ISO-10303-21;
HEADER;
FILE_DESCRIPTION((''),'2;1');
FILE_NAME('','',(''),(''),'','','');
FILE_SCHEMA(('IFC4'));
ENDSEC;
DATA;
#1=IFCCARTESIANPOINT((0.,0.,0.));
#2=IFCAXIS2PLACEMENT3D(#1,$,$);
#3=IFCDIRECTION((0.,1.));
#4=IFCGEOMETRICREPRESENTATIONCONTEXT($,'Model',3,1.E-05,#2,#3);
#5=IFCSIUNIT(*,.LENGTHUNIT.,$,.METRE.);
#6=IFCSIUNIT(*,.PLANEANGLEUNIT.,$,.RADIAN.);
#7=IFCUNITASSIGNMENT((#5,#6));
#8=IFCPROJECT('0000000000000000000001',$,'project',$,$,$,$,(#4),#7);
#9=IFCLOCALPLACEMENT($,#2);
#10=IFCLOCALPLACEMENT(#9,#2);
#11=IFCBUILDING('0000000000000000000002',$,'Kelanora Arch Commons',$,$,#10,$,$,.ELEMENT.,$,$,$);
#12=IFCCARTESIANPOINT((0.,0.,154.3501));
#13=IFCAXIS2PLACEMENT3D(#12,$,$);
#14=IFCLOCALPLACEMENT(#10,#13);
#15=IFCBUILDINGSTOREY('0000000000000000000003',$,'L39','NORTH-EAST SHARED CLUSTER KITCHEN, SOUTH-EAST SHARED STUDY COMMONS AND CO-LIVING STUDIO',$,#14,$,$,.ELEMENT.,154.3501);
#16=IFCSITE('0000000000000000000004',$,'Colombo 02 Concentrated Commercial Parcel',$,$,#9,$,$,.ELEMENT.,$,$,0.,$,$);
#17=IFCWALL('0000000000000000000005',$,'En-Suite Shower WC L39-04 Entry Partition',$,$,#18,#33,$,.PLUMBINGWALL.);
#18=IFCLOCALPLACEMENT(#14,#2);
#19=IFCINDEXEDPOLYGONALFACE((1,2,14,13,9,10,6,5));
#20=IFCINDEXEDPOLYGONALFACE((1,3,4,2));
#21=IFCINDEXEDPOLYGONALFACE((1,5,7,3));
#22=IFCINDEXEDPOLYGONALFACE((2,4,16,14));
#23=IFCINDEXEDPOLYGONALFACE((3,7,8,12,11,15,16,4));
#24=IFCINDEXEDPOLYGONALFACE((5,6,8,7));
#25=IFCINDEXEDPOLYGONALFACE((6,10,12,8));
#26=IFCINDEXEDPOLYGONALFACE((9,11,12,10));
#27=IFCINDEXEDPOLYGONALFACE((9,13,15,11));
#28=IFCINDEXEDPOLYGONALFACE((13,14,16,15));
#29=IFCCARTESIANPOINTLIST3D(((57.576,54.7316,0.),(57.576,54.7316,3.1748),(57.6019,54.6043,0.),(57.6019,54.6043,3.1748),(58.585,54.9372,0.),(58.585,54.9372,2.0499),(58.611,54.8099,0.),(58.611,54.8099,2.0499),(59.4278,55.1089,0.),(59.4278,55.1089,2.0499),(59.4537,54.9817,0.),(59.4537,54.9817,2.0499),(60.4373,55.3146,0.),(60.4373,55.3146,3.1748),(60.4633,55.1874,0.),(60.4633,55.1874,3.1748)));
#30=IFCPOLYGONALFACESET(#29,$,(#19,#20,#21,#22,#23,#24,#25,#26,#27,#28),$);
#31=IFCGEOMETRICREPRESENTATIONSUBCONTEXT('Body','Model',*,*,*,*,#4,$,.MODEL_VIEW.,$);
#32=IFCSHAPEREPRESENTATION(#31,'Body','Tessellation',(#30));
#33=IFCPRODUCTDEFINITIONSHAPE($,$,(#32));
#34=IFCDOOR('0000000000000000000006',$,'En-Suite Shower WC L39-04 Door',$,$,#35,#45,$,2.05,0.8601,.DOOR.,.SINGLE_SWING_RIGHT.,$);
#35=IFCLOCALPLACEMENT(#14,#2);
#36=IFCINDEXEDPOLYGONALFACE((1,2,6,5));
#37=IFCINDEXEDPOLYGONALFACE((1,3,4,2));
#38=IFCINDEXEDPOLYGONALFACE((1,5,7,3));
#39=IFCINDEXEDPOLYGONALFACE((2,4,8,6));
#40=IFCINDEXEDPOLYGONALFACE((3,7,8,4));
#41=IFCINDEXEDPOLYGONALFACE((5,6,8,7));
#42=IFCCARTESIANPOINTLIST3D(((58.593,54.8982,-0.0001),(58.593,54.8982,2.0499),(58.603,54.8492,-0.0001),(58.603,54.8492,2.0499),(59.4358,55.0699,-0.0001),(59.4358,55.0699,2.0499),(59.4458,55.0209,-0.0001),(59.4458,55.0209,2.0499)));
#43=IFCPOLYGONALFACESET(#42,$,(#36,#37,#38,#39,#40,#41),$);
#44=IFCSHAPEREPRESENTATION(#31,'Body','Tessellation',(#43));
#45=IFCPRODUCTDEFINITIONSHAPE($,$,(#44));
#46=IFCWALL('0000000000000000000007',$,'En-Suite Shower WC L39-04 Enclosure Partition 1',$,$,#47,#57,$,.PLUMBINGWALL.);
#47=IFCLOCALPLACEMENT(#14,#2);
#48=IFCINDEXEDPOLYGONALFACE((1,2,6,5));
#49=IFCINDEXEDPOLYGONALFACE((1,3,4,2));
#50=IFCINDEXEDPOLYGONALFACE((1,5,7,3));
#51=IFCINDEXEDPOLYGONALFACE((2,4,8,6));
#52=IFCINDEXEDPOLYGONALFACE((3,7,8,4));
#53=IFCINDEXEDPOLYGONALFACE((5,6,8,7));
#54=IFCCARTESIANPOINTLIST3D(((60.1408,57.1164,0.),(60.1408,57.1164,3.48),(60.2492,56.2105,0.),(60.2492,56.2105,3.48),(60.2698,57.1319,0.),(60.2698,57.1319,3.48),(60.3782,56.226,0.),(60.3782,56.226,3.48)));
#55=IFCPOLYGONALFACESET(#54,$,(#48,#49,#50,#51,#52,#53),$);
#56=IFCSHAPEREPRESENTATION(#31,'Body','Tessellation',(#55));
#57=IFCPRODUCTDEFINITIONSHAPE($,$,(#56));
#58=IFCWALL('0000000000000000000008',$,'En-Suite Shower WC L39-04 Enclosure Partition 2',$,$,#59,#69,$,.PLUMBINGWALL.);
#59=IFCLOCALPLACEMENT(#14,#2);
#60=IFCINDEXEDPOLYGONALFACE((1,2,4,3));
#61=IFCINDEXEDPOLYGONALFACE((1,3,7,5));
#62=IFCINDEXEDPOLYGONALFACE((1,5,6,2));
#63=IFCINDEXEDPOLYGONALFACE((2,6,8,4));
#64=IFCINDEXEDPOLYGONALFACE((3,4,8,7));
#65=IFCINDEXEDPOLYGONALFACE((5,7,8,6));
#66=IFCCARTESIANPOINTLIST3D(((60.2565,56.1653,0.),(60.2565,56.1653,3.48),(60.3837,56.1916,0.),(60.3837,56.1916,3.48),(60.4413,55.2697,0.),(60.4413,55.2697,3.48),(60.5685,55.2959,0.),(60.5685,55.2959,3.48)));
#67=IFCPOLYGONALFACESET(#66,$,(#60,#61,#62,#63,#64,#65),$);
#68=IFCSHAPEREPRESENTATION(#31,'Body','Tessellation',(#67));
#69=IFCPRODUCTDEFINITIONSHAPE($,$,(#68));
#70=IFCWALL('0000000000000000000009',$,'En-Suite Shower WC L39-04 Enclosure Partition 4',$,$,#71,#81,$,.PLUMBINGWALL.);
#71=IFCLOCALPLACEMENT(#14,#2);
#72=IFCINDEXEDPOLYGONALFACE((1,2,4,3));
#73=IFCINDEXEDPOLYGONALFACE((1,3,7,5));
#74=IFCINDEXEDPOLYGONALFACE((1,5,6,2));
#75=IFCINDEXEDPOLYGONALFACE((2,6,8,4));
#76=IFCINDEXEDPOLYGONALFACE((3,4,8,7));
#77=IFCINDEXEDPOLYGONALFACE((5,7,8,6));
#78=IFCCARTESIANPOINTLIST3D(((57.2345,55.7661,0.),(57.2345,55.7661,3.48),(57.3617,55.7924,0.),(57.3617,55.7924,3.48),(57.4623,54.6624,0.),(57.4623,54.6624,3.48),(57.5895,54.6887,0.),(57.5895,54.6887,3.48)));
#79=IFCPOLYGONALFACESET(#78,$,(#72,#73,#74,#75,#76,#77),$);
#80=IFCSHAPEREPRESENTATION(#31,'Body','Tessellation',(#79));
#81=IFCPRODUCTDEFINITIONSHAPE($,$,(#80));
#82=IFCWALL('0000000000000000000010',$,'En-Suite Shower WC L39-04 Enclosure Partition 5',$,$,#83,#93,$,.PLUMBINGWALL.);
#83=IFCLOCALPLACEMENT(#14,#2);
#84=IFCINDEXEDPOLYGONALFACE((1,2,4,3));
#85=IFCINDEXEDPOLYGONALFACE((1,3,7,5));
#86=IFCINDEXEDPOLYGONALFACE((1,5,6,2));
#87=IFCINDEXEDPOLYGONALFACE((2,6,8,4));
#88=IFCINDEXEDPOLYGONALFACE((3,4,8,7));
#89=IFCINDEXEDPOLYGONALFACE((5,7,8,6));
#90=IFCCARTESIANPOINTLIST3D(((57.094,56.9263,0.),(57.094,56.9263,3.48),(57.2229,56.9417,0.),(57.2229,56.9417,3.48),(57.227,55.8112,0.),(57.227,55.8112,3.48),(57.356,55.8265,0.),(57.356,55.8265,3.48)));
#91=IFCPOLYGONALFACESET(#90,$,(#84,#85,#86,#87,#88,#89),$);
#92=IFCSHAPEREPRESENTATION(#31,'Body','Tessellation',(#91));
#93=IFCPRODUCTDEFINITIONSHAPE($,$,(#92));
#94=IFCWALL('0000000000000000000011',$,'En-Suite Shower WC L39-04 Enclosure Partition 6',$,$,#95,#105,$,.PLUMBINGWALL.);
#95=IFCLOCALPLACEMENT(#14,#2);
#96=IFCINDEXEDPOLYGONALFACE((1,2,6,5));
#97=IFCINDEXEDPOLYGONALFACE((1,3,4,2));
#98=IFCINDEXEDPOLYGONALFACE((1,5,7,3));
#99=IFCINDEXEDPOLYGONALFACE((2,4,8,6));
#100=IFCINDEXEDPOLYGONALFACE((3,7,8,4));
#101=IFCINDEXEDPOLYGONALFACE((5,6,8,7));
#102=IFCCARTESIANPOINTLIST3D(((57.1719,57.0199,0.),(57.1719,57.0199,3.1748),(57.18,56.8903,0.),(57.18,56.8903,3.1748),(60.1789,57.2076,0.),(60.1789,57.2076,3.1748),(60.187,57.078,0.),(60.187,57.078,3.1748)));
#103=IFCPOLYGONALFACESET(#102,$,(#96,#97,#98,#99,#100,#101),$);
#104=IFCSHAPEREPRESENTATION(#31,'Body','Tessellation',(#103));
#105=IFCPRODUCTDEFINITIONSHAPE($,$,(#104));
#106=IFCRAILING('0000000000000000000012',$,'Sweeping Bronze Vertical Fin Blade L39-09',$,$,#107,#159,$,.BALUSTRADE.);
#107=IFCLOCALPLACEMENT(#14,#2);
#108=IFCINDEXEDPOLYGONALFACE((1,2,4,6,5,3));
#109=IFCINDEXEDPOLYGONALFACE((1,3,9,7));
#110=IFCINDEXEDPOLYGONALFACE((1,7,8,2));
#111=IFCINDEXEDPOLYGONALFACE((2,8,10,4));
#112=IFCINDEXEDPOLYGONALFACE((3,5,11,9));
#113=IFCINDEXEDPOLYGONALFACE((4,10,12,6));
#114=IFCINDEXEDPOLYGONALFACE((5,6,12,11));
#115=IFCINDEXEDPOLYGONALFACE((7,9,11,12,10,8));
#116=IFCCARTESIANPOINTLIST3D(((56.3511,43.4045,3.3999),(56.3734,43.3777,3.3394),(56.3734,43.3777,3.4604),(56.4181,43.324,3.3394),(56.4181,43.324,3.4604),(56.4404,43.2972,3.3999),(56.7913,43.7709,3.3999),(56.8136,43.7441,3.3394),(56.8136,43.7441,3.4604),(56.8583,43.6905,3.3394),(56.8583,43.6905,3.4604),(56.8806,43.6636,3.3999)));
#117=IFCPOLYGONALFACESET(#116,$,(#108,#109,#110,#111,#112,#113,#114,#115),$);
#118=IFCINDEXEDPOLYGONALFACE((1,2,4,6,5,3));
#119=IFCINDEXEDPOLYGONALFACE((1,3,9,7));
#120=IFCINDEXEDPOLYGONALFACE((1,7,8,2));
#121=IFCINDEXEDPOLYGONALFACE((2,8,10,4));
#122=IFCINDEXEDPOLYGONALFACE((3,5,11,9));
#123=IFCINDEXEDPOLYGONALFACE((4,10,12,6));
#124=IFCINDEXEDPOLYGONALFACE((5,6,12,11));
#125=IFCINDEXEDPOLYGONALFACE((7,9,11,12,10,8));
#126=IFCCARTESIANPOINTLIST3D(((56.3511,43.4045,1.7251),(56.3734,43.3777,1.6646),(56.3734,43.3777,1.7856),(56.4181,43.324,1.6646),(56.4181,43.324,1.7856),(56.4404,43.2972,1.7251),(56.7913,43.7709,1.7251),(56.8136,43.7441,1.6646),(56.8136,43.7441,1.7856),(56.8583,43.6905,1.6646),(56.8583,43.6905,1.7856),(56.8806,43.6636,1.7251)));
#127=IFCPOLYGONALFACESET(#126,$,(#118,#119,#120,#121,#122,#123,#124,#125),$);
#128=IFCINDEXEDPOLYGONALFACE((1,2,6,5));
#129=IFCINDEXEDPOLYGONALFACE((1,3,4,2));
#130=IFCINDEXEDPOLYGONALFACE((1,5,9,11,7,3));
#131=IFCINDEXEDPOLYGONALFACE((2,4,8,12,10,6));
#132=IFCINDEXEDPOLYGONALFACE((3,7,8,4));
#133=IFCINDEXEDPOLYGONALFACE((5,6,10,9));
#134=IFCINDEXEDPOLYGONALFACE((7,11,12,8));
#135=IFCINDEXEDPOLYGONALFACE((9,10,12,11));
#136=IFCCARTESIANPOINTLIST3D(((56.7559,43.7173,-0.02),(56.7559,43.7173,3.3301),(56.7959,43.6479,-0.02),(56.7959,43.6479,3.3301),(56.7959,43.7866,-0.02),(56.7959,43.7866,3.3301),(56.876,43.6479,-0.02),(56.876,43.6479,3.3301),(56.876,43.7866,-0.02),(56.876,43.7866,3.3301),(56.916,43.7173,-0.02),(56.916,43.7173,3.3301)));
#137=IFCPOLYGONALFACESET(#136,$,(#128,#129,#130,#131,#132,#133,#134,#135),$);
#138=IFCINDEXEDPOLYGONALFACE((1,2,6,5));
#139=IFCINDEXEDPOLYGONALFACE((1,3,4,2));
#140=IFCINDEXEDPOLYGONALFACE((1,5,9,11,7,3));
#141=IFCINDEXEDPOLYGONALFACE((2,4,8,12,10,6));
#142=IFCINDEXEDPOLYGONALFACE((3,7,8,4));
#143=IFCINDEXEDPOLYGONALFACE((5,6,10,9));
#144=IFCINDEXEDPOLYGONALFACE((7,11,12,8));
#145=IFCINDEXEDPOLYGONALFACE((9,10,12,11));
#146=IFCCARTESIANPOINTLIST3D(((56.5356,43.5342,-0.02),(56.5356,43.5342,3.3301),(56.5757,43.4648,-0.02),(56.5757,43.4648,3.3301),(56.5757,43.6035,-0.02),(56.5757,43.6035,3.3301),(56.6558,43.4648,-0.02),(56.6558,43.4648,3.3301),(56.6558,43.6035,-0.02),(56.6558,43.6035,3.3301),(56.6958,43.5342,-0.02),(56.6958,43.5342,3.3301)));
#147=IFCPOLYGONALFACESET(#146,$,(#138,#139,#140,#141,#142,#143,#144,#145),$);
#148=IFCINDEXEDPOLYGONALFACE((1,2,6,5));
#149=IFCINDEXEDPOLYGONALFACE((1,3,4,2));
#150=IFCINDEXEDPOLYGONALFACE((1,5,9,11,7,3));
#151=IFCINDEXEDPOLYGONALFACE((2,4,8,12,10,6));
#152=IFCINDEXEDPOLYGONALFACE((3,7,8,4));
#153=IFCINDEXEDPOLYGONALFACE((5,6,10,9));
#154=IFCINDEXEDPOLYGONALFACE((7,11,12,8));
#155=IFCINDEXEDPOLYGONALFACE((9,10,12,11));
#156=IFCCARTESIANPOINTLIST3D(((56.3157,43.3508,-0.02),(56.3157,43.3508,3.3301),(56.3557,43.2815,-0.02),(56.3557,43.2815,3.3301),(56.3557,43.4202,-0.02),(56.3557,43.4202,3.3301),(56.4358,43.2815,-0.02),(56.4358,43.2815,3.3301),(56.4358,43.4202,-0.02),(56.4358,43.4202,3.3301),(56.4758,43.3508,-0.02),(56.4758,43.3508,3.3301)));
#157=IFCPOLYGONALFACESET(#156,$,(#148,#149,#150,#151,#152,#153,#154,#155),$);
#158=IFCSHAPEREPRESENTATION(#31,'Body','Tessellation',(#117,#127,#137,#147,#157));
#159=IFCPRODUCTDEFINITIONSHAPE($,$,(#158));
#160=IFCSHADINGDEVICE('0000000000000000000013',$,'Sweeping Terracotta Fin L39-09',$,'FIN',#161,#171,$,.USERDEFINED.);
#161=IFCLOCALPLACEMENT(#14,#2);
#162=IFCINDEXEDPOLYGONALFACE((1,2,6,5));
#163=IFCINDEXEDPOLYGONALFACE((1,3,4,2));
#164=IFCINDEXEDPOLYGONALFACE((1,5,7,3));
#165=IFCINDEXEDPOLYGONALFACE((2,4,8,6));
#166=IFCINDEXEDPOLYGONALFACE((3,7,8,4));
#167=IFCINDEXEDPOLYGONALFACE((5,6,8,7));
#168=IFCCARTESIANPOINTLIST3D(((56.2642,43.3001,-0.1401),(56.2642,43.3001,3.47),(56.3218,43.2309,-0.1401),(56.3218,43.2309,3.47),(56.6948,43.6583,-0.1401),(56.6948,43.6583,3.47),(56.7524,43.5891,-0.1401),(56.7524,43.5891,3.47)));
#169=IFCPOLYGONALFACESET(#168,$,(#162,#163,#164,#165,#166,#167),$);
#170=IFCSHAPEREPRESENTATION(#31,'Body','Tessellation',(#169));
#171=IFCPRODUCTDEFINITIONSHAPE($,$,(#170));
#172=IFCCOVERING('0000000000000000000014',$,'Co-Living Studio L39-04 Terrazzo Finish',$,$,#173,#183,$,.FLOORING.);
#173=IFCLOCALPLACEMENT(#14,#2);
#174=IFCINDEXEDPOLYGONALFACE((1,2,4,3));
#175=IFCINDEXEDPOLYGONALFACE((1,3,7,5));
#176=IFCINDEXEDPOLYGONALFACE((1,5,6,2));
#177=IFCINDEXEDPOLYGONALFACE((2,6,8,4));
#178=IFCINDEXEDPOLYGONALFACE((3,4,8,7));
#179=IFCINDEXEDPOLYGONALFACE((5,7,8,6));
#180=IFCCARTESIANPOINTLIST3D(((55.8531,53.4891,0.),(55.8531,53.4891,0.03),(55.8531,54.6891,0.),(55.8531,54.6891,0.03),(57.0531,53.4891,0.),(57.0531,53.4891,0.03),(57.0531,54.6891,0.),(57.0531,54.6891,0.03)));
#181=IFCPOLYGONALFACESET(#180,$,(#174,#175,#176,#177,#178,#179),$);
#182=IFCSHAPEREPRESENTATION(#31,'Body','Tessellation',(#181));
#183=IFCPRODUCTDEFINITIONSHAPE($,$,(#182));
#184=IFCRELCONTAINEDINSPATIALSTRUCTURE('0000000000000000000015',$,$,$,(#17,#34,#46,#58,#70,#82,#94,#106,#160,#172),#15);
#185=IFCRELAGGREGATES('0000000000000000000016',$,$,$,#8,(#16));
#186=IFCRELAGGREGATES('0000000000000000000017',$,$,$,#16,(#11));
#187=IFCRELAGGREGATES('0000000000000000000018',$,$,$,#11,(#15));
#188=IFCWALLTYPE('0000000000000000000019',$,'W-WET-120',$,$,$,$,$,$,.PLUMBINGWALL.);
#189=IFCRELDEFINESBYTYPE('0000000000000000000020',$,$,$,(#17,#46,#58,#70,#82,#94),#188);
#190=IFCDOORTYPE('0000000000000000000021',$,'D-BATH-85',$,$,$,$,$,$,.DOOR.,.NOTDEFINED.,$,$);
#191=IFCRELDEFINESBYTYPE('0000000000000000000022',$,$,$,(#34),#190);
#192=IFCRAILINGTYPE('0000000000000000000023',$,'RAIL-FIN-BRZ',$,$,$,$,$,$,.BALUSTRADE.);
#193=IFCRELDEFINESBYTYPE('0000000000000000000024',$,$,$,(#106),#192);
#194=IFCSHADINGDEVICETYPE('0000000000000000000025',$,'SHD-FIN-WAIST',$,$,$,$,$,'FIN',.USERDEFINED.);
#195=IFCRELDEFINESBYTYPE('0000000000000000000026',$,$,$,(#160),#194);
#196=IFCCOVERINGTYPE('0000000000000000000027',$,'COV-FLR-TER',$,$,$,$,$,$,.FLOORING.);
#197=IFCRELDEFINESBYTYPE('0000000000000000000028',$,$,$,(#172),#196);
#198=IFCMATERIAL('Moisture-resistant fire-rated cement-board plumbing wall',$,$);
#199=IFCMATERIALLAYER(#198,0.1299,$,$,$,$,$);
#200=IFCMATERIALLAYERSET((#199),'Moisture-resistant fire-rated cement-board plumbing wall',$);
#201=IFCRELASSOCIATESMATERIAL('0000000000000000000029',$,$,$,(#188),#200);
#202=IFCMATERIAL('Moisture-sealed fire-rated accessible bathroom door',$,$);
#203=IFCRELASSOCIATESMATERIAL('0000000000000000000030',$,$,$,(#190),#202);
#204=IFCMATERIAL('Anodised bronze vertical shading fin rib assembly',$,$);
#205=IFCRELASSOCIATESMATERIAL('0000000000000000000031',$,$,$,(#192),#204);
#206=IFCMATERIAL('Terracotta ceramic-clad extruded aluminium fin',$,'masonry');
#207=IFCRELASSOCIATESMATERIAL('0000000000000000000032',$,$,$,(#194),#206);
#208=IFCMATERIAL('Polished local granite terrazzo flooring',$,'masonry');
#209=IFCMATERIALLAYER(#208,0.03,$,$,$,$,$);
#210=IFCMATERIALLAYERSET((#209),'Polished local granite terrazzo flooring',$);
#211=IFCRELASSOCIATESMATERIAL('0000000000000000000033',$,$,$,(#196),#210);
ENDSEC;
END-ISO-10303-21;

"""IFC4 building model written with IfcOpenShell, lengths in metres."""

from ifc_helpers import new_model, si_unit, direction, frame, frame_2d, origin, origin_2d, place, context, subcontext, project, spatial, polyline, rectangle, outline, extrude, source, transform, mapped, material, layer, layer_set, type_object, element, fill, save


model = new_model("IFC4")

# Units and contexts
model_context = context("Model", 3, precision=1e-05, world=origin(), true_north=direction((0.0, 1.0)))
body_context = subcontext(model_context, "Body", "Model", "MODEL_VIEW")
ifc_project = project(units=[si_unit("LENGTHUNIT", "METRE"), si_unit("PLANEANGLEUNIT", "RADIAN")], contexts=[model_context])

# Site, building, storey
site_placement = place(None, origin())
site = spatial("IfcSite", under=ifc_project, at=site_placement, Name="Colombo 02 Concentrated Commercial Parcel", CompositionType="ELEMENT", RefElevation=0.0)
building_placement = place(site_placement, origin())
building = spatial("IfcBuilding", under=site, at=building_placement, Name="Kelanora Arch Commons", CompositionType="ELEMENT")
storey_placement = place(building_placement, frame((0.0, 0.0, 154.3501)))
storey = spatial("IfcBuildingStorey", under=building, at=storey_placement, Name="L39", Description="NORTH-EAST SHARED CLUSTER KITCHEN, SOUTH-EAST SHARED STUDY COMMONS AND CO-LIVING STUDIO", CompositionType="ELEMENT", Elevation=154.3501)

# Wall, opening, door
ifc_material_1 = material(Name="Moisture-resistant fire-rated cement-board plumbing wall")
ifc_layer_1 = layer(ifc_material_1, 0.1299)
ifc_layer_set_1 = layer_set([ifc_layer_1], Name="Moisture-resistant fire-rated cement-board plumbing wall")
wall_type_1 = type_object("IfcWallType", Name="W-WET-120", PredefinedType="PLUMBINGWALL", material=ifc_layer_set_1)
wall_1_placement = place(storey_placement, frame((60.4502, 55.251, 0.0), z_axis=(0.0, 0.0, 1.0), x_axis=(-0.979867, -0.199652, 0.0)))
wall_1 = element("IfcWall", 1, at=wall_1_placement, inside=storey, type_object=wall_type_1, Name="En-Suite Shower WC L39-04 Entry Partition", PredefinedType="PLUMBINGWALL", context=body_context, shape_type="SweptSolid", body=[
    extrude(rectangle(XDim=2.9202, YDim=0.1299, at=frame_2d((1.46, 0.0))), origin(), (0.0, 0.0, 1.0), 3.1748),
])
opening_1_placement = place(wall_1_placement, frame((1.03, 0.0, 0.0)))
opening_1 = element("IfcOpeningElement", 2, at=opening_1_placement, cuts=wall_1, PredefinedType="OPENING", context=body_context, shape_type="SweptSolid", body=[
    extrude(rectangle(XDim=0.8601, YDim=2.05, at=frame_2d((0.4302, 1.0249))), frame((0.0, 0.075, 0.0), z_axis=(0.0, -1.0, 0.0), x_axis=(1.0, 0.0, 0.0)), (0.0, 0.0, 1.0), 0.1499),
])
ifc_material_2 = material(Name="Moisture-sealed fire-rated accessible bathroom door")
door_type = type_object("IfcDoorType", Name="D-BATH-85", OperationType="NOTDEFINED", PredefinedType="DOOR", material=ifc_material_2)
door_placement = place(opening_1_placement, origin())
door = element("IfcDoor", 3, at=door_placement, inside=storey, type_object=door_type, Name="En-Suite Shower WC L39-04 Door", OperationType="SINGLE_SWING_RIGHT", OverallHeight=2.05, OverallWidth=0.8601, PredefinedType="DOOR", context=body_context, shape_type="SweptSolid", body=[
    extrude(rectangle(XDim=0.8601, YDim=2.05, at=frame_2d((0.4302, 1.0249))), frame((0.0, 0.0249, 0.0), z_axis=(0.0, -1.0, 0.0), x_axis=(1.0, 0.0, 0.0)), (0.0, 0.0, 1.0), 0.05),
])
fill(opening_1, door)

# Walls
wall_2_placement = place(storey_placement, frame((60.2053, 57.124, 0.0), z_axis=(0.0, 0.0, 1.0), x_axis=(0.118797, -0.992919, 0.0)))
element("IfcWall", 4, at=wall_2_placement, inside=storey, type_object=wall_type_1, Name="En-Suite Shower WC L39-04 Enclosure Partition 1", PredefinedType="PLUMBINGWALL", context=body_context, shape_type="SweptSolid", body=[
    extrude(rectangle(XDim=0.9124, YDim=0.1299, at=frame_2d((0.4561, 0.0))), origin(), (0.0, 0.0, 1.0), 3.48),
])
wall_3_placement = place(storey_placement, frame((60.3201, 56.1785, 0.0), z_axis=(0.0, 0.0, 1.0), x_axis=(0.202067, -0.979372, 0.0)))
element("IfcWall", 5, at=wall_3_placement, inside=storey, type_object=wall_type_1, Name="En-Suite Shower WC L39-04 Enclosure Partition 2", PredefinedType="PLUMBINGWALL", context=body_context, shape_type="SweptSolid", body=[
    extrude(rectangle(XDim=0.9146, YDim=0.1299, at=frame_2d((0.4573, 0.0))), origin(), (0.0, 0.0, 1.0), 3.48),
])
wall_4_placement = place(storey_placement, frame((57.5259, 54.6755, 0.0), z_axis=(0.0, 0.0, 1.0), x_axis=(-0.202111, 0.979363, 0.0)))
element("IfcWall", 6, at=wall_4_placement, inside=storey, type_object=wall_type_1, Name="En-Suite Shower WC L39-04 Enclosure Partition 4", PredefinedType="PLUMBINGWALL", context=body_context, shape_type="SweptSolid", body=[
    extrude(rectangle(XDim=1.127, YDim=0.1299, at=frame_2d((0.5635, 0.0))), origin(), (0.0, 0.0, 1.0), 3.48),
])
wall_5_placement = place(storey_placement, frame((57.2915, 55.8188, 0.0), z_axis=(0.0, 0.0, 1.0), x_axis=(-0.118468, 0.992958, 0.0)))
element("IfcWall", 7, at=wall_5_placement, inside=storey, type_object=wall_type_1, Name="En-Suite Shower WC L39-04 Enclosure Partition 5", PredefinedType="PLUMBINGWALL", context=body_context, shape_type="SweptSolid", body=[
    extrude(rectangle(XDim=1.123, YDim=0.1299, at=frame_2d((0.5615, 0.0))), origin(), (0.0, 0.0, 1.0), 3.48),
])
wall_6_placement = place(storey_placement, frame((57.176, 56.9551, 0.0), z_axis=(0.0, 0.0, 1.0), x_axis=(0.998057, 0.062313, 0.0)))
element("IfcWall", 8, at=wall_6_placement, inside=storey, type_object=wall_type_1, Name="En-Suite Shower WC L39-04 Enclosure Partition 6", PredefinedType="PLUMBINGWALL", context=body_context, shape_type="SweptSolid", body=[
    extrude(rectangle(XDim=3.0129, YDim=0.1299, at=frame_2d((1.5063, 0.0))), origin(), (0.0, 0.0, 1.0), 3.1748),
])

# Railing
ifc_material_3 = material(Name="Anodised bronze vertical shading fin rib assembly")
railing_type = type_object("IfcRailingType", Name="RAIL-FIN-BRZ", PredefinedType="BALUSTRADE", material=ifc_material_3)
railing_placement = place(storey_placement, frame((56.8359, 43.7173, -0.02)))
element("IfcRailing", 9, at=railing_placement, inside=storey, type_object=railing_type, Name="Sweeping Bronze Vertical Fin Blade L39-09", PredefinedType="BALUSTRADE", context=body_context, shape_type="SweptSolid", body=[
    extrude(outline(polyline([(0.0698, 0.0), (0.0349, 0.0605), (-0.0349, 0.0605), (-0.0698, 0.0), (-0.0349, -0.0605), (0.0349, -0.0605), (0.0698, 0.0)])), frame((0.0, 0.0, 3.4199), z_axis=(-0.768536, -0.639807, 0.0), x_axis=(0.639807, -0.768536, 0.0)), (0.0, 0.0, 1.0), 0.5728),
    extrude(outline(polyline([(0.0698, 0.0), (0.0349, 0.0605), (-0.0349, 0.0605), (-0.0698, 0.0), (-0.0349, -0.0605), (0.0349, -0.0605), (0.0698, 0.0)])), frame((0.0, 0.0, 1.7451), z_axis=(-0.768536, -0.639807, 0.0), x_axis=(0.639807, -0.768536, 0.0)), (0.0, 0.0, 1.0), 0.5728),
    extrude(outline(polyline([(0.0801, 0.0), (0.04, 0.0693), (-0.04, 0.0693), (-0.0801, 0.0), (-0.04, -0.0693), (0.04, -0.0693), (0.0801, 0.0)])), origin(), (0.0, 0.0, 1.0), 3.3501),
    extrude(outline(polyline([(0.0801, 0.0), (0.04, 0.0693), (-0.04, 0.0693), (-0.0801, 0.0), (-0.04, -0.0693), (0.04, -0.0693), (0.0801, 0.0)])), frame((-0.2202, -0.1831, 0.0)), (0.0, 0.0, 1.0), 3.3501),
    extrude(outline(polyline([(0.0801, 0.0), (0.04, 0.0693), (-0.04, 0.0693), (-0.0801, 0.0), (-0.04, -0.0693), (0.04, -0.0693), (0.0801, 0.0)])), frame((-0.4402, -0.3665, 0.0)), (0.0, 0.0, 1.0), 3.3501),
])

# Shading device
ifc_material_4 = material(Name="Terracotta ceramic-clad extruded aluminium fin", Category="masonry")
shading_device_type = type_object("IfcShadingDeviceType", Name="SHD-FIN-WAIST", ElementType="FIN", PredefinedType="USERDEFINED", material=ifc_material_4)
shared_shape_1 = source(origin(), body_context, "Body", "SweptSolid", [
    extrude(rectangle(XDim=0.5601, YDim=0.0901, at=origin_2d()), origin(), (0.0, 0.0, 1.0), 3.6101),
])
shading_device_placement = place(storey_placement, frame((56.5083, 43.4446, -0.1401), z_axis=(0.0, 0.0, 1.0), x_axis=(-0.76873, -0.639573, 0.0)))
element("IfcShadingDevice", 10, at=shading_device_placement, inside=storey, type_object=shading_device_type, Name="Sweeping Terracotta Fin L39-09", ObjectType="FIN", PredefinedType="USERDEFINED", context=body_context, shape_type="MappedRepresentation", body=[
    mapped(shared_shape_1, transform((0.0, 0.0, 0.0), scale=1.0)),
])

# Covering
ifc_material_5 = material(Name="Polished local granite terrazzo flooring", Category="masonry")
ifc_layer_2 = layer(ifc_material_5, 0.03)
ifc_layer_set_2 = layer_set([ifc_layer_2], Name="Polished local granite terrazzo flooring")
covering_type = type_object("IfcCoveringType", Name="COV-FLR-TER", PredefinedType="FLOORING", material=ifc_layer_set_2)
shared_shape_2 = source(origin(), body_context, "Body", "SweptSolid", [
    extrude(rectangle(XDim=1.2, YDim=1.2, at=origin_2d()), origin(), (0.0, 0.0, 1.0), 0.03),
])
for number, where, z_axis, x_axis, name in (
    (11, (56.4531, 54.0891, 0.0), (0.0, 0.0, 1.0), (1.0, 0.0, 0.0), "Co-Living Studio L39-04 Terrazzo Finish"),
):
    element("IfcCovering", number, at=place(storey_placement, frame(where, z_axis=z_axis, x_axis=x_axis)), inside=storey, type_object=covering_type, Name=name, PredefinedType="FLOORING", context=body_context, shape_type="MappedRepresentation", body=[
        mapped(shared_shape_2, transform((0.0, 0.0, 0.0), scale=1.0)),
    ])

save(model, "model.ifc")
